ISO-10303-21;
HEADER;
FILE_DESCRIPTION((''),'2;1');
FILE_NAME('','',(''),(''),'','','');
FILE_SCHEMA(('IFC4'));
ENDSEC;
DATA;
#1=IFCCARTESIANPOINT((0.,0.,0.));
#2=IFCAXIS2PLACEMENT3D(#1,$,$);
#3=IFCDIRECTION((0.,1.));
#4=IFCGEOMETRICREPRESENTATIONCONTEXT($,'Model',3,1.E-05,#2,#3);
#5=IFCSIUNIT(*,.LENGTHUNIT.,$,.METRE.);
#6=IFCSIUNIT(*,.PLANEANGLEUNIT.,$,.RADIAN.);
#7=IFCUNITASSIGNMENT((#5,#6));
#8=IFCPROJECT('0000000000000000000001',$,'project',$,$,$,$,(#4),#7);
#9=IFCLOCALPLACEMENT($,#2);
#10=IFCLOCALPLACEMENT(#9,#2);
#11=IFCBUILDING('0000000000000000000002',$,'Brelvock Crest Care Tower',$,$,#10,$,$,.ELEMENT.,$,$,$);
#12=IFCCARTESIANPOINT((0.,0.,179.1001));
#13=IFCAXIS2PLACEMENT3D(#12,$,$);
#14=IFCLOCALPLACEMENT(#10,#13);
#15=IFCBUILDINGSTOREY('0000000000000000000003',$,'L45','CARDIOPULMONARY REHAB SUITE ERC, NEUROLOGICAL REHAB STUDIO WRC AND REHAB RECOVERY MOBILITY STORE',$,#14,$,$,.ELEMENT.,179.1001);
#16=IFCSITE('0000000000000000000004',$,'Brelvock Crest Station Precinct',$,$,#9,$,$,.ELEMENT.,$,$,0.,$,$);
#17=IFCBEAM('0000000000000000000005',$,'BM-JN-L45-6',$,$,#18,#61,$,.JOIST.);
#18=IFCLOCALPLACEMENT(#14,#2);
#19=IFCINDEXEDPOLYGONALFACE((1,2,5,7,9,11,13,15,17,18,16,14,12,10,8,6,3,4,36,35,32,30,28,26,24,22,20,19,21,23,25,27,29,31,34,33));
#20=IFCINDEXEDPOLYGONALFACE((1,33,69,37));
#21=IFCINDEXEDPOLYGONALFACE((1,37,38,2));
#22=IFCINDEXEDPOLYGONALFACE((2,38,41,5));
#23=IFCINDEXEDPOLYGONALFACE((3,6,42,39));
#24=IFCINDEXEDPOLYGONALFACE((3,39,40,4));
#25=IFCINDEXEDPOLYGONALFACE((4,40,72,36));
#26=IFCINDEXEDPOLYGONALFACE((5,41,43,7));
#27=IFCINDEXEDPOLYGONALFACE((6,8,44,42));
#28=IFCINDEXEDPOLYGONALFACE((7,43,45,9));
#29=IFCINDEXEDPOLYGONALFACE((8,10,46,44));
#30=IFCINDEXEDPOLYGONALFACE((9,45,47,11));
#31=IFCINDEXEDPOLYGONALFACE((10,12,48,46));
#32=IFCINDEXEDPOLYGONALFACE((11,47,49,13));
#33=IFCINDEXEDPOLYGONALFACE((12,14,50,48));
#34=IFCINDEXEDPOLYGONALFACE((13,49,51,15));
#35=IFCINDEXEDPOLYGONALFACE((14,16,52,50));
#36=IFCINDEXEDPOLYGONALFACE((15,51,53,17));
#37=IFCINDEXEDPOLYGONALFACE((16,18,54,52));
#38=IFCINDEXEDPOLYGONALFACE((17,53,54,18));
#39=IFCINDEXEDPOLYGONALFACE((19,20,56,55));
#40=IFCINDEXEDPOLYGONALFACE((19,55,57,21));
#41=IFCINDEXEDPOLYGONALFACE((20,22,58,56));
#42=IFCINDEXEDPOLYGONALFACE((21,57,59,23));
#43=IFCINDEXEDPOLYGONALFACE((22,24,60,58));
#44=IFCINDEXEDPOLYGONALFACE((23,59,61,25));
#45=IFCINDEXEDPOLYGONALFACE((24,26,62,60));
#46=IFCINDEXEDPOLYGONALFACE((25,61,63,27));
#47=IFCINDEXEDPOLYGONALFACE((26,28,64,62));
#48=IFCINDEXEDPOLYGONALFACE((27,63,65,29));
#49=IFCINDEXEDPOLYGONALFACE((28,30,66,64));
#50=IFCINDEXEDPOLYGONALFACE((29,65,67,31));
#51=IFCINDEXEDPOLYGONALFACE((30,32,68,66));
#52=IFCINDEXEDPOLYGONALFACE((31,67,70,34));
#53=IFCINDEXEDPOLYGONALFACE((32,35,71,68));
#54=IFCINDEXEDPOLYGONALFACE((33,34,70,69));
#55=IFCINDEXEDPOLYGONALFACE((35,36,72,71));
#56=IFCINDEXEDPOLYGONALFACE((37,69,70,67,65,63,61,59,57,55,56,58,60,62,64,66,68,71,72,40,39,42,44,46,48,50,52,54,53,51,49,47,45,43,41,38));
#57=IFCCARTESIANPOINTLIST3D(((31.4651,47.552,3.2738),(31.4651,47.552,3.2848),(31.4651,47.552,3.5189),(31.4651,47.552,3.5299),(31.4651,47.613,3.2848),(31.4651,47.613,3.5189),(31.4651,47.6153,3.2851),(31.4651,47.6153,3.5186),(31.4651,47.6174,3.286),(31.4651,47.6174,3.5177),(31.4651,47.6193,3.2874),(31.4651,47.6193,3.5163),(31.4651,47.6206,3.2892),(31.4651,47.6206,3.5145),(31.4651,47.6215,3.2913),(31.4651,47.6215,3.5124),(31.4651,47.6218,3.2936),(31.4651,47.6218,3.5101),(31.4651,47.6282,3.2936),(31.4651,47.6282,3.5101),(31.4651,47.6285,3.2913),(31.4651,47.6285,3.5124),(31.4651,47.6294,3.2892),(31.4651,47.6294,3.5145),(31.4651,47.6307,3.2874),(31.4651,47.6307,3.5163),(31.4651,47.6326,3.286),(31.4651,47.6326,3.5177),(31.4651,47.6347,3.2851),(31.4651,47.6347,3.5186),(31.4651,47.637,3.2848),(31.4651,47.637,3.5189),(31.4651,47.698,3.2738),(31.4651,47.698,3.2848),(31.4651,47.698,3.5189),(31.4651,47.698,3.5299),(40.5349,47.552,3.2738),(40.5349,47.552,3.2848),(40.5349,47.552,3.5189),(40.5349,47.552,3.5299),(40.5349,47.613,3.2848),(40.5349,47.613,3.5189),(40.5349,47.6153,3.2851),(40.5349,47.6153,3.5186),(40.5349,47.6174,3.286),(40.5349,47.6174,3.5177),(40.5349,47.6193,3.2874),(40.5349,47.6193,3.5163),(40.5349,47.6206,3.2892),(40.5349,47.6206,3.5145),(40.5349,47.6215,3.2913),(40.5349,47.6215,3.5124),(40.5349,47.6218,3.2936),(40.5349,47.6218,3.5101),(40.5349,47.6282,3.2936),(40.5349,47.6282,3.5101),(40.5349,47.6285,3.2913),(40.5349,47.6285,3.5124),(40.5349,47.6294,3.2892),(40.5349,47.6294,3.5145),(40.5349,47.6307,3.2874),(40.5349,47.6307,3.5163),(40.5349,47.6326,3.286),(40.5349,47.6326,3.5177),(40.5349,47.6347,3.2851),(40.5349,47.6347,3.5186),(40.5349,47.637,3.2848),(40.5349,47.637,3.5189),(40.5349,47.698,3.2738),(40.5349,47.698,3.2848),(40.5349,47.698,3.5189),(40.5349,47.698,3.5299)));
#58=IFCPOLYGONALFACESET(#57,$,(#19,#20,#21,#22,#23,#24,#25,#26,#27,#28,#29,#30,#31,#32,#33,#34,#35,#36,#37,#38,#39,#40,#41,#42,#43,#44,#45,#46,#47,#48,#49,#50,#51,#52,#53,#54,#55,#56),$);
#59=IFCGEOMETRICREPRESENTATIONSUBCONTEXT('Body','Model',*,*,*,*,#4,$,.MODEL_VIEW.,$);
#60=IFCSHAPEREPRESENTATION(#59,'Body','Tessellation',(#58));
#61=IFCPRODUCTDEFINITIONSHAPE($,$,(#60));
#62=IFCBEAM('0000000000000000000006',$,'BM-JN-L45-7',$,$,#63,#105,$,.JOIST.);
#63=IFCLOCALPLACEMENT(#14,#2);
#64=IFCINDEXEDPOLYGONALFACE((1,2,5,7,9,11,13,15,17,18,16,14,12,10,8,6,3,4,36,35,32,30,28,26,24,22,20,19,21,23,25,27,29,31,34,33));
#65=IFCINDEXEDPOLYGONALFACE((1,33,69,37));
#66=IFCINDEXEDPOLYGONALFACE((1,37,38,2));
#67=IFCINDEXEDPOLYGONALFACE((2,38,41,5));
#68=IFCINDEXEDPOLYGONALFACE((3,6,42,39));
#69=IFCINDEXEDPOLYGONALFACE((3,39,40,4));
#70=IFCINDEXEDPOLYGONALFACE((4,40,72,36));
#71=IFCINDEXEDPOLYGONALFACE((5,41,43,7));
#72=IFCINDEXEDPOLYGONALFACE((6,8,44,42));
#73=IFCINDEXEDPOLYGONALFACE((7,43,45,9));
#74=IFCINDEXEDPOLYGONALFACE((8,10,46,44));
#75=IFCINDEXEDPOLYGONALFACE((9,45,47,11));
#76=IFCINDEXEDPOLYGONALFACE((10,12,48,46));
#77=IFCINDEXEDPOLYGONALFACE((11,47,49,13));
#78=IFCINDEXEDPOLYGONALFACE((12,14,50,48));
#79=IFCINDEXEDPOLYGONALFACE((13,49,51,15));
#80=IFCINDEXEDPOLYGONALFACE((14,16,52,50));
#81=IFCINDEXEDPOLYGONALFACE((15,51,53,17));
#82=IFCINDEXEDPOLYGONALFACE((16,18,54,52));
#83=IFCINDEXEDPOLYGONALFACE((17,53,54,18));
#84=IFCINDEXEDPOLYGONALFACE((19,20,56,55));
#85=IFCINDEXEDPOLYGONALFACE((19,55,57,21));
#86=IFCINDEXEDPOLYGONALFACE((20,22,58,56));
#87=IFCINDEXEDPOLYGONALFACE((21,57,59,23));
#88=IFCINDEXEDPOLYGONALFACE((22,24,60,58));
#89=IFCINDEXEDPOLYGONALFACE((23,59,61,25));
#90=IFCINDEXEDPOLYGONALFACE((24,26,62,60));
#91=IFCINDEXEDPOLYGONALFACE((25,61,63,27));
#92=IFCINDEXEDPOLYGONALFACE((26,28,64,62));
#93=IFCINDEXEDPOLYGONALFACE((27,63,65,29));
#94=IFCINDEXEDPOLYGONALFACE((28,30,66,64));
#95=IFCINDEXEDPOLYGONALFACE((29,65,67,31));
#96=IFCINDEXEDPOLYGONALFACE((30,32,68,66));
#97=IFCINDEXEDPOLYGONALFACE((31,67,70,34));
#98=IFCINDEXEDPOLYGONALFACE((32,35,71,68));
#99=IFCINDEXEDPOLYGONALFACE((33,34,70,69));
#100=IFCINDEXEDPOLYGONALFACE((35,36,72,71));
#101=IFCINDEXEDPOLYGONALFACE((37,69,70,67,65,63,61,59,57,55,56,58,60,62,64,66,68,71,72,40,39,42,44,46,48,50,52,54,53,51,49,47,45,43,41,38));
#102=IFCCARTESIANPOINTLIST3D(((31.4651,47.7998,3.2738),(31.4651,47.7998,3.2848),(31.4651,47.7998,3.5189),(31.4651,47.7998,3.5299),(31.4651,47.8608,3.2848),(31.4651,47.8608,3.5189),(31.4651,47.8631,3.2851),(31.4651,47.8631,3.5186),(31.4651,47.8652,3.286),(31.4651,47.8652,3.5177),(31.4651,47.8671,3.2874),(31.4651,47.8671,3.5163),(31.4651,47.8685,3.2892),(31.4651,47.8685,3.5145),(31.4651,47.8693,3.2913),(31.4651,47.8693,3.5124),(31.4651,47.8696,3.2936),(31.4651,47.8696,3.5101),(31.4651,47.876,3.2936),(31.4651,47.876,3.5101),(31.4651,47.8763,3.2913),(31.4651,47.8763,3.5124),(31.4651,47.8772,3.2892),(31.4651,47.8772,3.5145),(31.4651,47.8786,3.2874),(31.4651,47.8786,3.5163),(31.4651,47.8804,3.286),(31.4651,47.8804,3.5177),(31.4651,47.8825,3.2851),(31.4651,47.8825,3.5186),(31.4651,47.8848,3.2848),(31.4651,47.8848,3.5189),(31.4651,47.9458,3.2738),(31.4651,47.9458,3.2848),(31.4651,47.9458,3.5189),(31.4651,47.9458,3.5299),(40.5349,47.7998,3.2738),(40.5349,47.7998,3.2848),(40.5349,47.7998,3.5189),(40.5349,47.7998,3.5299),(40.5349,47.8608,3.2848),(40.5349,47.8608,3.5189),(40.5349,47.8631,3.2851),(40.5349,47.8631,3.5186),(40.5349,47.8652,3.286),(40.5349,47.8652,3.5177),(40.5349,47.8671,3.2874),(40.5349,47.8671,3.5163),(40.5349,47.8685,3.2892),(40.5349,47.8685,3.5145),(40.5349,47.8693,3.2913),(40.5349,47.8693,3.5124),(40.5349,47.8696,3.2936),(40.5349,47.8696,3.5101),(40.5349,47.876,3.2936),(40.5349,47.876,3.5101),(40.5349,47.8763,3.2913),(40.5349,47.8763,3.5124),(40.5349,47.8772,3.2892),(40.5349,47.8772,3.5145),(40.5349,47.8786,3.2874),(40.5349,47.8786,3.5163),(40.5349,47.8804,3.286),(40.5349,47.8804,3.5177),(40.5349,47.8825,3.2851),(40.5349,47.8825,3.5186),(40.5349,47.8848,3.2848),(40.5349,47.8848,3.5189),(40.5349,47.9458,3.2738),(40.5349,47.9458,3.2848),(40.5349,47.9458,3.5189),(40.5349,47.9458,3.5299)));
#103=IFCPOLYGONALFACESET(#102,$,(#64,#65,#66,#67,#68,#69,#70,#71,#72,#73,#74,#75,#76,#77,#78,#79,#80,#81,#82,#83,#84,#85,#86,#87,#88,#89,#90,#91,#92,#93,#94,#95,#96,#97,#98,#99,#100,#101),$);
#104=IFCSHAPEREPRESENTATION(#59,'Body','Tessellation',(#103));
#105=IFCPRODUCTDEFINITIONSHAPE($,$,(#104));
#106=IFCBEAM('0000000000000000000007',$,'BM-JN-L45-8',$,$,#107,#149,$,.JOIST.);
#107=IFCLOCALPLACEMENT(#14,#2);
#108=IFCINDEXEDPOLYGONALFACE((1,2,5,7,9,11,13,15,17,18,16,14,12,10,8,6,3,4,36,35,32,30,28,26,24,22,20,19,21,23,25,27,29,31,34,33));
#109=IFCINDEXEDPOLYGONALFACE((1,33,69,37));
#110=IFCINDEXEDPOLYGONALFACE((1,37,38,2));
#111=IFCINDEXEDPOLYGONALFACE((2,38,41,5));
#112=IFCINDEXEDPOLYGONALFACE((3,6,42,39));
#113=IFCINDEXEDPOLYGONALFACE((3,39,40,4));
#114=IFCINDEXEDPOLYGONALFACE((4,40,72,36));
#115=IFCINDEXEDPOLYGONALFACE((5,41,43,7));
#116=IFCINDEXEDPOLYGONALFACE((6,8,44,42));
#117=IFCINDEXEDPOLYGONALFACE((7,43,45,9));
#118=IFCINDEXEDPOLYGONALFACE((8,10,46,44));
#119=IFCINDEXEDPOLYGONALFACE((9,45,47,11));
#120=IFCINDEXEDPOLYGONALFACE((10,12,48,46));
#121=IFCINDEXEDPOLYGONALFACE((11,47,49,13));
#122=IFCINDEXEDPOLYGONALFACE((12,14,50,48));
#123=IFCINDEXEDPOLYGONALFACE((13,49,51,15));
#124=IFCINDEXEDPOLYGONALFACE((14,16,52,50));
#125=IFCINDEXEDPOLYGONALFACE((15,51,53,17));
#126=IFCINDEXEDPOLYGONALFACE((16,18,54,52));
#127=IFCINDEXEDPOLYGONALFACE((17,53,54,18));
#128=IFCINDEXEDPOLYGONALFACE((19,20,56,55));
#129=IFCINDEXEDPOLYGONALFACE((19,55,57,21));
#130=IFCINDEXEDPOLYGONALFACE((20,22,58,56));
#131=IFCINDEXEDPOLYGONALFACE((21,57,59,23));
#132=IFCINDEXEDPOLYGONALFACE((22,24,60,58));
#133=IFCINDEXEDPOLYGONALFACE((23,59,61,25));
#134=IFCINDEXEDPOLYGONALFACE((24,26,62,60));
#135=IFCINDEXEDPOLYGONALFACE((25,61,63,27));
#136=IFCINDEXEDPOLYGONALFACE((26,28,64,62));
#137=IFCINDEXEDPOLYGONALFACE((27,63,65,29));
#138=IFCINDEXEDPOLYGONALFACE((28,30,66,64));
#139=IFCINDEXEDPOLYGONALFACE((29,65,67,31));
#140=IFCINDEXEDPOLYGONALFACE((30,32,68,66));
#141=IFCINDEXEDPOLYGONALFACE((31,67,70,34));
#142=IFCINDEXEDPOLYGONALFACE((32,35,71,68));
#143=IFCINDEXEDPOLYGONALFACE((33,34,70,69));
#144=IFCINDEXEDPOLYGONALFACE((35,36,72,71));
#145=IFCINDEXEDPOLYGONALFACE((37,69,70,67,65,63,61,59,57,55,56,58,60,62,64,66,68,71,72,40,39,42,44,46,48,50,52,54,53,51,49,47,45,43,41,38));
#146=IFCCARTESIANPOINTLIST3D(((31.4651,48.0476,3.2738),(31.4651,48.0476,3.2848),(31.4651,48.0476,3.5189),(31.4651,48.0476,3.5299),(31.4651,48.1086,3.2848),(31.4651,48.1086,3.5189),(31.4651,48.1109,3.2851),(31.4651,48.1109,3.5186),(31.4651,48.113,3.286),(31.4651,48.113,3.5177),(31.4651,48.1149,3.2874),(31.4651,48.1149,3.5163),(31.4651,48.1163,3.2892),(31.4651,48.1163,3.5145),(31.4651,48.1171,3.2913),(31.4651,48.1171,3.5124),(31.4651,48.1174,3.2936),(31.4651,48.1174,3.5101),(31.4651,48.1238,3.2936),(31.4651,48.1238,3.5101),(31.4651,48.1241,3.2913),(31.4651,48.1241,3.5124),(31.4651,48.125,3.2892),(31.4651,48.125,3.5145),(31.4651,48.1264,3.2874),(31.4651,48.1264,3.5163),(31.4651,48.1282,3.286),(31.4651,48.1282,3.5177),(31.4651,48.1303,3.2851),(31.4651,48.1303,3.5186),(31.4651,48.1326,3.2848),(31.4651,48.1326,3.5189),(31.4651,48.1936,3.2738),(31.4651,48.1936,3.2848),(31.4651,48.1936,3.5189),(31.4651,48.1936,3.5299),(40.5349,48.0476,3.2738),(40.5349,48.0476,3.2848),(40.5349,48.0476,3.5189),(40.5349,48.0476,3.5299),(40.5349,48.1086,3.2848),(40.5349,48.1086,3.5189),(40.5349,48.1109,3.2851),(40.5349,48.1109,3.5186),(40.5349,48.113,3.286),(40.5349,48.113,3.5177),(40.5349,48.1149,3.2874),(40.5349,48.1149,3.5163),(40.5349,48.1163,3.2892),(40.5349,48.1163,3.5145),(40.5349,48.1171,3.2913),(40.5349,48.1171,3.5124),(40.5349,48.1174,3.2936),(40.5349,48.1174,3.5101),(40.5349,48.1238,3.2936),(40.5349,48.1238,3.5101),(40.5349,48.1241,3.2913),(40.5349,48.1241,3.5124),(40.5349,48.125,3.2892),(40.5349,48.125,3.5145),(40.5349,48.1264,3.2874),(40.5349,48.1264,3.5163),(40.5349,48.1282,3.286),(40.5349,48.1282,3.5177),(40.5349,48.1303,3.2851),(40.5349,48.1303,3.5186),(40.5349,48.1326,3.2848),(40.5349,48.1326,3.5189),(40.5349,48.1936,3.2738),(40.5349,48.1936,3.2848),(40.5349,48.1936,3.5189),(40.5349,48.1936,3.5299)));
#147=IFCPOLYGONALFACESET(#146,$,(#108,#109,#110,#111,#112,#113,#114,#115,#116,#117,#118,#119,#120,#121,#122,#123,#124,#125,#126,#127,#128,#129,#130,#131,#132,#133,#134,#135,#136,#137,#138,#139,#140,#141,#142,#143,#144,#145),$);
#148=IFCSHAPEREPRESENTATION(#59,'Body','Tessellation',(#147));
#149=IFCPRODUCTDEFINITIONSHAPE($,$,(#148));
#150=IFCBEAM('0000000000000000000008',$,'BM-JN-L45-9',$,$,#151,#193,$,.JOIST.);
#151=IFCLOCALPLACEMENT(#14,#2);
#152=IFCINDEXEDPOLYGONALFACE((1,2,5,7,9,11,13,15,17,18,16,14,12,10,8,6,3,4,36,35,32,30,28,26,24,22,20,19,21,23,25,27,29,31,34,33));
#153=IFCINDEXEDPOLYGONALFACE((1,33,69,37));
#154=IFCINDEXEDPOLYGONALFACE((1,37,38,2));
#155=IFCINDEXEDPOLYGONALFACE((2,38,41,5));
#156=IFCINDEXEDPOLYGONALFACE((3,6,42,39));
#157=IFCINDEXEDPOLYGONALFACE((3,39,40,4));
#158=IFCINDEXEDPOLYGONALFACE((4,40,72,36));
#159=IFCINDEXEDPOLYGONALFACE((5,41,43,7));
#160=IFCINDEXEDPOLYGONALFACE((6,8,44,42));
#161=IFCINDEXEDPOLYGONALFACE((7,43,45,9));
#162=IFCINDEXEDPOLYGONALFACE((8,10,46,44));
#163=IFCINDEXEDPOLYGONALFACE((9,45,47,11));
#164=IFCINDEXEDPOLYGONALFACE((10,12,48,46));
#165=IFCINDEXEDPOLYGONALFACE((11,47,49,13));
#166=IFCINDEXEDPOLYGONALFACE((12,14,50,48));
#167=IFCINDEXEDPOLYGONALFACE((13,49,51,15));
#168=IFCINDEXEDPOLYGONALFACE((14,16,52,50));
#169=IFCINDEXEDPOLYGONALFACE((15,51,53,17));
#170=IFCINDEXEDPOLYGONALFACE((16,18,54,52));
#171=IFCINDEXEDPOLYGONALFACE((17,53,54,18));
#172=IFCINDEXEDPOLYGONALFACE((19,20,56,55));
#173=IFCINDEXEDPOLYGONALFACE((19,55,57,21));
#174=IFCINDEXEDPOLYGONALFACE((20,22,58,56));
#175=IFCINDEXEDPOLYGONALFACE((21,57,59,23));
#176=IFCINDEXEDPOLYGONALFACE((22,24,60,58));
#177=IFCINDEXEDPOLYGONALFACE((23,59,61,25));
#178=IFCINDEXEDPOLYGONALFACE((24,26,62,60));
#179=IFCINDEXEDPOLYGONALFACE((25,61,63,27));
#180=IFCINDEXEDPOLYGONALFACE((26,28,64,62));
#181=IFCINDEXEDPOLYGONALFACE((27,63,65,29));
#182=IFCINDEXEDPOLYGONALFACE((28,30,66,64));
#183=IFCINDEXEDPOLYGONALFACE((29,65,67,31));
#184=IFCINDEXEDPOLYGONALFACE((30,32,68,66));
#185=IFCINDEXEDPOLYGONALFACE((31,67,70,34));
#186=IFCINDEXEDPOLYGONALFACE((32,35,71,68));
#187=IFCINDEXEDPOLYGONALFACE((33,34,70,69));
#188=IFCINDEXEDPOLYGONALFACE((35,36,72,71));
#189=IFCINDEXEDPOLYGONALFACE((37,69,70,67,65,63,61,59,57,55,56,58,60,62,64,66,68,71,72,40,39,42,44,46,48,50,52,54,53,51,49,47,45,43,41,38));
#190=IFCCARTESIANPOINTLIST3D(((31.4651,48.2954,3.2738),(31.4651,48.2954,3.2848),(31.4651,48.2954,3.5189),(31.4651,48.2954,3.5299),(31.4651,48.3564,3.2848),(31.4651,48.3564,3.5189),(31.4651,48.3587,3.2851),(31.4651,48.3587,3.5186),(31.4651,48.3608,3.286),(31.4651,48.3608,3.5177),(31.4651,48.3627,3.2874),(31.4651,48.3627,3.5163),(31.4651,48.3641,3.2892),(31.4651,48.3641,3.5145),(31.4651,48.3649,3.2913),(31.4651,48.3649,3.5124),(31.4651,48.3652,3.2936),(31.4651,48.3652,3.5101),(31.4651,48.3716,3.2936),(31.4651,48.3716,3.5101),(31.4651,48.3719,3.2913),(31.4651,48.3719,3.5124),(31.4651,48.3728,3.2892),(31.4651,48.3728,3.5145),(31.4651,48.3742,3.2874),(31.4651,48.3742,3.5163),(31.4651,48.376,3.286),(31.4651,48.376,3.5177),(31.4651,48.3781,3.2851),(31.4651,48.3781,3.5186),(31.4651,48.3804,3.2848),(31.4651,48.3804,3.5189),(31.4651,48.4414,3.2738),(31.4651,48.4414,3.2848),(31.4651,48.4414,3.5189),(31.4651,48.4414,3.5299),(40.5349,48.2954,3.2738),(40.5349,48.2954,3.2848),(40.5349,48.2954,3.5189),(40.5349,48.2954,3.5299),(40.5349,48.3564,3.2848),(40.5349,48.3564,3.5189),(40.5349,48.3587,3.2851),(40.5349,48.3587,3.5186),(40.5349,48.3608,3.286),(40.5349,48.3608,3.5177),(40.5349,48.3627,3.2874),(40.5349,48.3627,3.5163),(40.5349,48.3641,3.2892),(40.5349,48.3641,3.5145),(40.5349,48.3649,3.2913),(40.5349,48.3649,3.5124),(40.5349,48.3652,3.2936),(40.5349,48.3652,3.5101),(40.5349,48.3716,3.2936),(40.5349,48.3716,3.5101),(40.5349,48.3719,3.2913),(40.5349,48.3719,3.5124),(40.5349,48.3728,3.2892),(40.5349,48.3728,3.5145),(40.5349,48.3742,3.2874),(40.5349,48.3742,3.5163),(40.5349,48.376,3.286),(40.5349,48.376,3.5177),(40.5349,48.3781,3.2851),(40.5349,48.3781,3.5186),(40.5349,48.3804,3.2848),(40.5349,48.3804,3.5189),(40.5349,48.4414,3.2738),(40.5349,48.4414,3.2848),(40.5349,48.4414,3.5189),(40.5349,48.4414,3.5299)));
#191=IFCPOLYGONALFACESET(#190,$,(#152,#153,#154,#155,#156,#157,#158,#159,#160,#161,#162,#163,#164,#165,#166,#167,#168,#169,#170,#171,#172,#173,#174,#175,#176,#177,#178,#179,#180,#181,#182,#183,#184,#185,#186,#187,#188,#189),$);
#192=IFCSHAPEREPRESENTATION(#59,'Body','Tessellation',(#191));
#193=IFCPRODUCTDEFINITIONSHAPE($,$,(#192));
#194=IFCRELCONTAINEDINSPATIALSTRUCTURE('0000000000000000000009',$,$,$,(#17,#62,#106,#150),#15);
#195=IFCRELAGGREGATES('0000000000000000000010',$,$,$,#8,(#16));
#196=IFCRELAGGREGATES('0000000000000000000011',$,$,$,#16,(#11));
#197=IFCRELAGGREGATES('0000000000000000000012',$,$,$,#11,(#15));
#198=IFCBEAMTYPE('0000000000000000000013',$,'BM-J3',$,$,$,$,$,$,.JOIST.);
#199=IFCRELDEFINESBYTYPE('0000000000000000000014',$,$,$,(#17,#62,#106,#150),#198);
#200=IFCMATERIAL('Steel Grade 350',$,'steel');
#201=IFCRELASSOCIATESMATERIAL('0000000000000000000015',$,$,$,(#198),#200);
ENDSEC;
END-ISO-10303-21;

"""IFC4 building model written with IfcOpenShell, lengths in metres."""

from ifc_helpers import new_model, si_unit, direction, frame, origin, origin_2d, place, context, subcontext, project, spatial, i_section, extrude, source, transform, mapped, material, material_profile, profile_set, type_object, element, save


model = new_model("IFC4")

# Units and contexts
model_context = context("Model", 3, precision=1e-05, world=origin(), true_north=direction((0.0, 1.0)))
body_context = subcontext(model_context, "Body", "Model", "MODEL_VIEW")
ifc_project = project(units=[si_unit("LENGTHUNIT", "METRE"), si_unit("PLANEANGLEUNIT", "RADIAN")], contexts=[model_context])

# Site, building, storey
site_placement = place(None, origin())
site = spatial("IfcSite", under=ifc_project, at=site_placement, Name="Brelvock Crest Station Precinct", CompositionType="ELEMENT", RefElevation=0.0)
building_placement = place(site_placement, origin())
building = spatial("IfcBuilding", under=site, at=building_placement, Name="Brelvock Crest Care Tower", CompositionType="ELEMENT")
storey_placement = place(building_placement, frame((0.0, 0.0, 179.1001)))
storey = spatial("IfcBuildingStorey", under=building, at=storey_placement, Name="L45", Description="CARDIOPULMONARY REHAB SUITE ERC, NEUROLOGICAL REHAB STUDIO WRC AND REHAB RECOVERY MOBILITY STORE", CompositionType="ELEMENT", Elevation=179.1001)

# Shared definitions
ifc_material_1 = material(Name="Steel Grade 350", Category="steel")

# Beams
ifc_material_profile_1 = material_profile(ifc_material_1, i_section(OverallWidth=0.146, OverallDepth=0.2561, WebThickness=0.0063, FlangeThickness=0.011, FilletRadius=0.0088, at=origin_2d()), Name="250UB37.3")
ifc_profile_set_1 = profile_set([ifc_material_profile_1], Name="Steel Grade 350")
beam_type_1 = type_object("IfcBeamType", Name="BM-J3", PredefinedType="JOIST", material=ifc_profile_set_1)
shared_shape_1 = source(origin(), body_context, "Body", "SweptSolid", [
    extrude(i_section(OverallWidth=0.146, OverallDepth=0.2561, WebThickness=0.0063, FlangeThickness=0.011, FilletRadius=0.0088, at=origin_2d()), origin(), (0.0, 0.0, 1.0), 9.0698),
])
for number, where, z_axis, x_axis, name in (
    (1, (31.4651, 47.625, 3.4019), (1.0, 0.0, 0.0), (0.0, 1.0, 0.0), "BM-JN-L45-6"),
    (2, (31.4651, 47.8728, 3.4019), (1.0, 0.0, 0.0), (0.0, 1.0, 0.0), "BM-JN-L45-7"),
    (3, (31.4651, 48.1206, 3.4019), (1.0, 0.0, 0.0), (0.0, 1.0, 0.0), "BM-JN-L45-8"),
    (4, (31.4651, 48.3684, 3.4019), (1.0, 0.0, 0.0), (0.0, 1.0, 0.0), "BM-JN-L45-9"),
):
    element("IfcBeam", number, at=place(storey_placement, frame(where, z_axis=z_axis, x_axis=x_axis)), inside=storey, type_object=beam_type_1, Name=name, PredefinedType="JOIST", context=body_context, shape_type="MappedRepresentation", body=[
        mapped(shared_shape_1, transform((0.0, 0.0, 0.0), x_axis=(1.0, 0.0, 0.0), y_axis=(0.0, 1.0, 0.0), z_axis=(0.0, 0.0, 1.0), scale=1.0)),
    ])

save(model, "model.ifc")
